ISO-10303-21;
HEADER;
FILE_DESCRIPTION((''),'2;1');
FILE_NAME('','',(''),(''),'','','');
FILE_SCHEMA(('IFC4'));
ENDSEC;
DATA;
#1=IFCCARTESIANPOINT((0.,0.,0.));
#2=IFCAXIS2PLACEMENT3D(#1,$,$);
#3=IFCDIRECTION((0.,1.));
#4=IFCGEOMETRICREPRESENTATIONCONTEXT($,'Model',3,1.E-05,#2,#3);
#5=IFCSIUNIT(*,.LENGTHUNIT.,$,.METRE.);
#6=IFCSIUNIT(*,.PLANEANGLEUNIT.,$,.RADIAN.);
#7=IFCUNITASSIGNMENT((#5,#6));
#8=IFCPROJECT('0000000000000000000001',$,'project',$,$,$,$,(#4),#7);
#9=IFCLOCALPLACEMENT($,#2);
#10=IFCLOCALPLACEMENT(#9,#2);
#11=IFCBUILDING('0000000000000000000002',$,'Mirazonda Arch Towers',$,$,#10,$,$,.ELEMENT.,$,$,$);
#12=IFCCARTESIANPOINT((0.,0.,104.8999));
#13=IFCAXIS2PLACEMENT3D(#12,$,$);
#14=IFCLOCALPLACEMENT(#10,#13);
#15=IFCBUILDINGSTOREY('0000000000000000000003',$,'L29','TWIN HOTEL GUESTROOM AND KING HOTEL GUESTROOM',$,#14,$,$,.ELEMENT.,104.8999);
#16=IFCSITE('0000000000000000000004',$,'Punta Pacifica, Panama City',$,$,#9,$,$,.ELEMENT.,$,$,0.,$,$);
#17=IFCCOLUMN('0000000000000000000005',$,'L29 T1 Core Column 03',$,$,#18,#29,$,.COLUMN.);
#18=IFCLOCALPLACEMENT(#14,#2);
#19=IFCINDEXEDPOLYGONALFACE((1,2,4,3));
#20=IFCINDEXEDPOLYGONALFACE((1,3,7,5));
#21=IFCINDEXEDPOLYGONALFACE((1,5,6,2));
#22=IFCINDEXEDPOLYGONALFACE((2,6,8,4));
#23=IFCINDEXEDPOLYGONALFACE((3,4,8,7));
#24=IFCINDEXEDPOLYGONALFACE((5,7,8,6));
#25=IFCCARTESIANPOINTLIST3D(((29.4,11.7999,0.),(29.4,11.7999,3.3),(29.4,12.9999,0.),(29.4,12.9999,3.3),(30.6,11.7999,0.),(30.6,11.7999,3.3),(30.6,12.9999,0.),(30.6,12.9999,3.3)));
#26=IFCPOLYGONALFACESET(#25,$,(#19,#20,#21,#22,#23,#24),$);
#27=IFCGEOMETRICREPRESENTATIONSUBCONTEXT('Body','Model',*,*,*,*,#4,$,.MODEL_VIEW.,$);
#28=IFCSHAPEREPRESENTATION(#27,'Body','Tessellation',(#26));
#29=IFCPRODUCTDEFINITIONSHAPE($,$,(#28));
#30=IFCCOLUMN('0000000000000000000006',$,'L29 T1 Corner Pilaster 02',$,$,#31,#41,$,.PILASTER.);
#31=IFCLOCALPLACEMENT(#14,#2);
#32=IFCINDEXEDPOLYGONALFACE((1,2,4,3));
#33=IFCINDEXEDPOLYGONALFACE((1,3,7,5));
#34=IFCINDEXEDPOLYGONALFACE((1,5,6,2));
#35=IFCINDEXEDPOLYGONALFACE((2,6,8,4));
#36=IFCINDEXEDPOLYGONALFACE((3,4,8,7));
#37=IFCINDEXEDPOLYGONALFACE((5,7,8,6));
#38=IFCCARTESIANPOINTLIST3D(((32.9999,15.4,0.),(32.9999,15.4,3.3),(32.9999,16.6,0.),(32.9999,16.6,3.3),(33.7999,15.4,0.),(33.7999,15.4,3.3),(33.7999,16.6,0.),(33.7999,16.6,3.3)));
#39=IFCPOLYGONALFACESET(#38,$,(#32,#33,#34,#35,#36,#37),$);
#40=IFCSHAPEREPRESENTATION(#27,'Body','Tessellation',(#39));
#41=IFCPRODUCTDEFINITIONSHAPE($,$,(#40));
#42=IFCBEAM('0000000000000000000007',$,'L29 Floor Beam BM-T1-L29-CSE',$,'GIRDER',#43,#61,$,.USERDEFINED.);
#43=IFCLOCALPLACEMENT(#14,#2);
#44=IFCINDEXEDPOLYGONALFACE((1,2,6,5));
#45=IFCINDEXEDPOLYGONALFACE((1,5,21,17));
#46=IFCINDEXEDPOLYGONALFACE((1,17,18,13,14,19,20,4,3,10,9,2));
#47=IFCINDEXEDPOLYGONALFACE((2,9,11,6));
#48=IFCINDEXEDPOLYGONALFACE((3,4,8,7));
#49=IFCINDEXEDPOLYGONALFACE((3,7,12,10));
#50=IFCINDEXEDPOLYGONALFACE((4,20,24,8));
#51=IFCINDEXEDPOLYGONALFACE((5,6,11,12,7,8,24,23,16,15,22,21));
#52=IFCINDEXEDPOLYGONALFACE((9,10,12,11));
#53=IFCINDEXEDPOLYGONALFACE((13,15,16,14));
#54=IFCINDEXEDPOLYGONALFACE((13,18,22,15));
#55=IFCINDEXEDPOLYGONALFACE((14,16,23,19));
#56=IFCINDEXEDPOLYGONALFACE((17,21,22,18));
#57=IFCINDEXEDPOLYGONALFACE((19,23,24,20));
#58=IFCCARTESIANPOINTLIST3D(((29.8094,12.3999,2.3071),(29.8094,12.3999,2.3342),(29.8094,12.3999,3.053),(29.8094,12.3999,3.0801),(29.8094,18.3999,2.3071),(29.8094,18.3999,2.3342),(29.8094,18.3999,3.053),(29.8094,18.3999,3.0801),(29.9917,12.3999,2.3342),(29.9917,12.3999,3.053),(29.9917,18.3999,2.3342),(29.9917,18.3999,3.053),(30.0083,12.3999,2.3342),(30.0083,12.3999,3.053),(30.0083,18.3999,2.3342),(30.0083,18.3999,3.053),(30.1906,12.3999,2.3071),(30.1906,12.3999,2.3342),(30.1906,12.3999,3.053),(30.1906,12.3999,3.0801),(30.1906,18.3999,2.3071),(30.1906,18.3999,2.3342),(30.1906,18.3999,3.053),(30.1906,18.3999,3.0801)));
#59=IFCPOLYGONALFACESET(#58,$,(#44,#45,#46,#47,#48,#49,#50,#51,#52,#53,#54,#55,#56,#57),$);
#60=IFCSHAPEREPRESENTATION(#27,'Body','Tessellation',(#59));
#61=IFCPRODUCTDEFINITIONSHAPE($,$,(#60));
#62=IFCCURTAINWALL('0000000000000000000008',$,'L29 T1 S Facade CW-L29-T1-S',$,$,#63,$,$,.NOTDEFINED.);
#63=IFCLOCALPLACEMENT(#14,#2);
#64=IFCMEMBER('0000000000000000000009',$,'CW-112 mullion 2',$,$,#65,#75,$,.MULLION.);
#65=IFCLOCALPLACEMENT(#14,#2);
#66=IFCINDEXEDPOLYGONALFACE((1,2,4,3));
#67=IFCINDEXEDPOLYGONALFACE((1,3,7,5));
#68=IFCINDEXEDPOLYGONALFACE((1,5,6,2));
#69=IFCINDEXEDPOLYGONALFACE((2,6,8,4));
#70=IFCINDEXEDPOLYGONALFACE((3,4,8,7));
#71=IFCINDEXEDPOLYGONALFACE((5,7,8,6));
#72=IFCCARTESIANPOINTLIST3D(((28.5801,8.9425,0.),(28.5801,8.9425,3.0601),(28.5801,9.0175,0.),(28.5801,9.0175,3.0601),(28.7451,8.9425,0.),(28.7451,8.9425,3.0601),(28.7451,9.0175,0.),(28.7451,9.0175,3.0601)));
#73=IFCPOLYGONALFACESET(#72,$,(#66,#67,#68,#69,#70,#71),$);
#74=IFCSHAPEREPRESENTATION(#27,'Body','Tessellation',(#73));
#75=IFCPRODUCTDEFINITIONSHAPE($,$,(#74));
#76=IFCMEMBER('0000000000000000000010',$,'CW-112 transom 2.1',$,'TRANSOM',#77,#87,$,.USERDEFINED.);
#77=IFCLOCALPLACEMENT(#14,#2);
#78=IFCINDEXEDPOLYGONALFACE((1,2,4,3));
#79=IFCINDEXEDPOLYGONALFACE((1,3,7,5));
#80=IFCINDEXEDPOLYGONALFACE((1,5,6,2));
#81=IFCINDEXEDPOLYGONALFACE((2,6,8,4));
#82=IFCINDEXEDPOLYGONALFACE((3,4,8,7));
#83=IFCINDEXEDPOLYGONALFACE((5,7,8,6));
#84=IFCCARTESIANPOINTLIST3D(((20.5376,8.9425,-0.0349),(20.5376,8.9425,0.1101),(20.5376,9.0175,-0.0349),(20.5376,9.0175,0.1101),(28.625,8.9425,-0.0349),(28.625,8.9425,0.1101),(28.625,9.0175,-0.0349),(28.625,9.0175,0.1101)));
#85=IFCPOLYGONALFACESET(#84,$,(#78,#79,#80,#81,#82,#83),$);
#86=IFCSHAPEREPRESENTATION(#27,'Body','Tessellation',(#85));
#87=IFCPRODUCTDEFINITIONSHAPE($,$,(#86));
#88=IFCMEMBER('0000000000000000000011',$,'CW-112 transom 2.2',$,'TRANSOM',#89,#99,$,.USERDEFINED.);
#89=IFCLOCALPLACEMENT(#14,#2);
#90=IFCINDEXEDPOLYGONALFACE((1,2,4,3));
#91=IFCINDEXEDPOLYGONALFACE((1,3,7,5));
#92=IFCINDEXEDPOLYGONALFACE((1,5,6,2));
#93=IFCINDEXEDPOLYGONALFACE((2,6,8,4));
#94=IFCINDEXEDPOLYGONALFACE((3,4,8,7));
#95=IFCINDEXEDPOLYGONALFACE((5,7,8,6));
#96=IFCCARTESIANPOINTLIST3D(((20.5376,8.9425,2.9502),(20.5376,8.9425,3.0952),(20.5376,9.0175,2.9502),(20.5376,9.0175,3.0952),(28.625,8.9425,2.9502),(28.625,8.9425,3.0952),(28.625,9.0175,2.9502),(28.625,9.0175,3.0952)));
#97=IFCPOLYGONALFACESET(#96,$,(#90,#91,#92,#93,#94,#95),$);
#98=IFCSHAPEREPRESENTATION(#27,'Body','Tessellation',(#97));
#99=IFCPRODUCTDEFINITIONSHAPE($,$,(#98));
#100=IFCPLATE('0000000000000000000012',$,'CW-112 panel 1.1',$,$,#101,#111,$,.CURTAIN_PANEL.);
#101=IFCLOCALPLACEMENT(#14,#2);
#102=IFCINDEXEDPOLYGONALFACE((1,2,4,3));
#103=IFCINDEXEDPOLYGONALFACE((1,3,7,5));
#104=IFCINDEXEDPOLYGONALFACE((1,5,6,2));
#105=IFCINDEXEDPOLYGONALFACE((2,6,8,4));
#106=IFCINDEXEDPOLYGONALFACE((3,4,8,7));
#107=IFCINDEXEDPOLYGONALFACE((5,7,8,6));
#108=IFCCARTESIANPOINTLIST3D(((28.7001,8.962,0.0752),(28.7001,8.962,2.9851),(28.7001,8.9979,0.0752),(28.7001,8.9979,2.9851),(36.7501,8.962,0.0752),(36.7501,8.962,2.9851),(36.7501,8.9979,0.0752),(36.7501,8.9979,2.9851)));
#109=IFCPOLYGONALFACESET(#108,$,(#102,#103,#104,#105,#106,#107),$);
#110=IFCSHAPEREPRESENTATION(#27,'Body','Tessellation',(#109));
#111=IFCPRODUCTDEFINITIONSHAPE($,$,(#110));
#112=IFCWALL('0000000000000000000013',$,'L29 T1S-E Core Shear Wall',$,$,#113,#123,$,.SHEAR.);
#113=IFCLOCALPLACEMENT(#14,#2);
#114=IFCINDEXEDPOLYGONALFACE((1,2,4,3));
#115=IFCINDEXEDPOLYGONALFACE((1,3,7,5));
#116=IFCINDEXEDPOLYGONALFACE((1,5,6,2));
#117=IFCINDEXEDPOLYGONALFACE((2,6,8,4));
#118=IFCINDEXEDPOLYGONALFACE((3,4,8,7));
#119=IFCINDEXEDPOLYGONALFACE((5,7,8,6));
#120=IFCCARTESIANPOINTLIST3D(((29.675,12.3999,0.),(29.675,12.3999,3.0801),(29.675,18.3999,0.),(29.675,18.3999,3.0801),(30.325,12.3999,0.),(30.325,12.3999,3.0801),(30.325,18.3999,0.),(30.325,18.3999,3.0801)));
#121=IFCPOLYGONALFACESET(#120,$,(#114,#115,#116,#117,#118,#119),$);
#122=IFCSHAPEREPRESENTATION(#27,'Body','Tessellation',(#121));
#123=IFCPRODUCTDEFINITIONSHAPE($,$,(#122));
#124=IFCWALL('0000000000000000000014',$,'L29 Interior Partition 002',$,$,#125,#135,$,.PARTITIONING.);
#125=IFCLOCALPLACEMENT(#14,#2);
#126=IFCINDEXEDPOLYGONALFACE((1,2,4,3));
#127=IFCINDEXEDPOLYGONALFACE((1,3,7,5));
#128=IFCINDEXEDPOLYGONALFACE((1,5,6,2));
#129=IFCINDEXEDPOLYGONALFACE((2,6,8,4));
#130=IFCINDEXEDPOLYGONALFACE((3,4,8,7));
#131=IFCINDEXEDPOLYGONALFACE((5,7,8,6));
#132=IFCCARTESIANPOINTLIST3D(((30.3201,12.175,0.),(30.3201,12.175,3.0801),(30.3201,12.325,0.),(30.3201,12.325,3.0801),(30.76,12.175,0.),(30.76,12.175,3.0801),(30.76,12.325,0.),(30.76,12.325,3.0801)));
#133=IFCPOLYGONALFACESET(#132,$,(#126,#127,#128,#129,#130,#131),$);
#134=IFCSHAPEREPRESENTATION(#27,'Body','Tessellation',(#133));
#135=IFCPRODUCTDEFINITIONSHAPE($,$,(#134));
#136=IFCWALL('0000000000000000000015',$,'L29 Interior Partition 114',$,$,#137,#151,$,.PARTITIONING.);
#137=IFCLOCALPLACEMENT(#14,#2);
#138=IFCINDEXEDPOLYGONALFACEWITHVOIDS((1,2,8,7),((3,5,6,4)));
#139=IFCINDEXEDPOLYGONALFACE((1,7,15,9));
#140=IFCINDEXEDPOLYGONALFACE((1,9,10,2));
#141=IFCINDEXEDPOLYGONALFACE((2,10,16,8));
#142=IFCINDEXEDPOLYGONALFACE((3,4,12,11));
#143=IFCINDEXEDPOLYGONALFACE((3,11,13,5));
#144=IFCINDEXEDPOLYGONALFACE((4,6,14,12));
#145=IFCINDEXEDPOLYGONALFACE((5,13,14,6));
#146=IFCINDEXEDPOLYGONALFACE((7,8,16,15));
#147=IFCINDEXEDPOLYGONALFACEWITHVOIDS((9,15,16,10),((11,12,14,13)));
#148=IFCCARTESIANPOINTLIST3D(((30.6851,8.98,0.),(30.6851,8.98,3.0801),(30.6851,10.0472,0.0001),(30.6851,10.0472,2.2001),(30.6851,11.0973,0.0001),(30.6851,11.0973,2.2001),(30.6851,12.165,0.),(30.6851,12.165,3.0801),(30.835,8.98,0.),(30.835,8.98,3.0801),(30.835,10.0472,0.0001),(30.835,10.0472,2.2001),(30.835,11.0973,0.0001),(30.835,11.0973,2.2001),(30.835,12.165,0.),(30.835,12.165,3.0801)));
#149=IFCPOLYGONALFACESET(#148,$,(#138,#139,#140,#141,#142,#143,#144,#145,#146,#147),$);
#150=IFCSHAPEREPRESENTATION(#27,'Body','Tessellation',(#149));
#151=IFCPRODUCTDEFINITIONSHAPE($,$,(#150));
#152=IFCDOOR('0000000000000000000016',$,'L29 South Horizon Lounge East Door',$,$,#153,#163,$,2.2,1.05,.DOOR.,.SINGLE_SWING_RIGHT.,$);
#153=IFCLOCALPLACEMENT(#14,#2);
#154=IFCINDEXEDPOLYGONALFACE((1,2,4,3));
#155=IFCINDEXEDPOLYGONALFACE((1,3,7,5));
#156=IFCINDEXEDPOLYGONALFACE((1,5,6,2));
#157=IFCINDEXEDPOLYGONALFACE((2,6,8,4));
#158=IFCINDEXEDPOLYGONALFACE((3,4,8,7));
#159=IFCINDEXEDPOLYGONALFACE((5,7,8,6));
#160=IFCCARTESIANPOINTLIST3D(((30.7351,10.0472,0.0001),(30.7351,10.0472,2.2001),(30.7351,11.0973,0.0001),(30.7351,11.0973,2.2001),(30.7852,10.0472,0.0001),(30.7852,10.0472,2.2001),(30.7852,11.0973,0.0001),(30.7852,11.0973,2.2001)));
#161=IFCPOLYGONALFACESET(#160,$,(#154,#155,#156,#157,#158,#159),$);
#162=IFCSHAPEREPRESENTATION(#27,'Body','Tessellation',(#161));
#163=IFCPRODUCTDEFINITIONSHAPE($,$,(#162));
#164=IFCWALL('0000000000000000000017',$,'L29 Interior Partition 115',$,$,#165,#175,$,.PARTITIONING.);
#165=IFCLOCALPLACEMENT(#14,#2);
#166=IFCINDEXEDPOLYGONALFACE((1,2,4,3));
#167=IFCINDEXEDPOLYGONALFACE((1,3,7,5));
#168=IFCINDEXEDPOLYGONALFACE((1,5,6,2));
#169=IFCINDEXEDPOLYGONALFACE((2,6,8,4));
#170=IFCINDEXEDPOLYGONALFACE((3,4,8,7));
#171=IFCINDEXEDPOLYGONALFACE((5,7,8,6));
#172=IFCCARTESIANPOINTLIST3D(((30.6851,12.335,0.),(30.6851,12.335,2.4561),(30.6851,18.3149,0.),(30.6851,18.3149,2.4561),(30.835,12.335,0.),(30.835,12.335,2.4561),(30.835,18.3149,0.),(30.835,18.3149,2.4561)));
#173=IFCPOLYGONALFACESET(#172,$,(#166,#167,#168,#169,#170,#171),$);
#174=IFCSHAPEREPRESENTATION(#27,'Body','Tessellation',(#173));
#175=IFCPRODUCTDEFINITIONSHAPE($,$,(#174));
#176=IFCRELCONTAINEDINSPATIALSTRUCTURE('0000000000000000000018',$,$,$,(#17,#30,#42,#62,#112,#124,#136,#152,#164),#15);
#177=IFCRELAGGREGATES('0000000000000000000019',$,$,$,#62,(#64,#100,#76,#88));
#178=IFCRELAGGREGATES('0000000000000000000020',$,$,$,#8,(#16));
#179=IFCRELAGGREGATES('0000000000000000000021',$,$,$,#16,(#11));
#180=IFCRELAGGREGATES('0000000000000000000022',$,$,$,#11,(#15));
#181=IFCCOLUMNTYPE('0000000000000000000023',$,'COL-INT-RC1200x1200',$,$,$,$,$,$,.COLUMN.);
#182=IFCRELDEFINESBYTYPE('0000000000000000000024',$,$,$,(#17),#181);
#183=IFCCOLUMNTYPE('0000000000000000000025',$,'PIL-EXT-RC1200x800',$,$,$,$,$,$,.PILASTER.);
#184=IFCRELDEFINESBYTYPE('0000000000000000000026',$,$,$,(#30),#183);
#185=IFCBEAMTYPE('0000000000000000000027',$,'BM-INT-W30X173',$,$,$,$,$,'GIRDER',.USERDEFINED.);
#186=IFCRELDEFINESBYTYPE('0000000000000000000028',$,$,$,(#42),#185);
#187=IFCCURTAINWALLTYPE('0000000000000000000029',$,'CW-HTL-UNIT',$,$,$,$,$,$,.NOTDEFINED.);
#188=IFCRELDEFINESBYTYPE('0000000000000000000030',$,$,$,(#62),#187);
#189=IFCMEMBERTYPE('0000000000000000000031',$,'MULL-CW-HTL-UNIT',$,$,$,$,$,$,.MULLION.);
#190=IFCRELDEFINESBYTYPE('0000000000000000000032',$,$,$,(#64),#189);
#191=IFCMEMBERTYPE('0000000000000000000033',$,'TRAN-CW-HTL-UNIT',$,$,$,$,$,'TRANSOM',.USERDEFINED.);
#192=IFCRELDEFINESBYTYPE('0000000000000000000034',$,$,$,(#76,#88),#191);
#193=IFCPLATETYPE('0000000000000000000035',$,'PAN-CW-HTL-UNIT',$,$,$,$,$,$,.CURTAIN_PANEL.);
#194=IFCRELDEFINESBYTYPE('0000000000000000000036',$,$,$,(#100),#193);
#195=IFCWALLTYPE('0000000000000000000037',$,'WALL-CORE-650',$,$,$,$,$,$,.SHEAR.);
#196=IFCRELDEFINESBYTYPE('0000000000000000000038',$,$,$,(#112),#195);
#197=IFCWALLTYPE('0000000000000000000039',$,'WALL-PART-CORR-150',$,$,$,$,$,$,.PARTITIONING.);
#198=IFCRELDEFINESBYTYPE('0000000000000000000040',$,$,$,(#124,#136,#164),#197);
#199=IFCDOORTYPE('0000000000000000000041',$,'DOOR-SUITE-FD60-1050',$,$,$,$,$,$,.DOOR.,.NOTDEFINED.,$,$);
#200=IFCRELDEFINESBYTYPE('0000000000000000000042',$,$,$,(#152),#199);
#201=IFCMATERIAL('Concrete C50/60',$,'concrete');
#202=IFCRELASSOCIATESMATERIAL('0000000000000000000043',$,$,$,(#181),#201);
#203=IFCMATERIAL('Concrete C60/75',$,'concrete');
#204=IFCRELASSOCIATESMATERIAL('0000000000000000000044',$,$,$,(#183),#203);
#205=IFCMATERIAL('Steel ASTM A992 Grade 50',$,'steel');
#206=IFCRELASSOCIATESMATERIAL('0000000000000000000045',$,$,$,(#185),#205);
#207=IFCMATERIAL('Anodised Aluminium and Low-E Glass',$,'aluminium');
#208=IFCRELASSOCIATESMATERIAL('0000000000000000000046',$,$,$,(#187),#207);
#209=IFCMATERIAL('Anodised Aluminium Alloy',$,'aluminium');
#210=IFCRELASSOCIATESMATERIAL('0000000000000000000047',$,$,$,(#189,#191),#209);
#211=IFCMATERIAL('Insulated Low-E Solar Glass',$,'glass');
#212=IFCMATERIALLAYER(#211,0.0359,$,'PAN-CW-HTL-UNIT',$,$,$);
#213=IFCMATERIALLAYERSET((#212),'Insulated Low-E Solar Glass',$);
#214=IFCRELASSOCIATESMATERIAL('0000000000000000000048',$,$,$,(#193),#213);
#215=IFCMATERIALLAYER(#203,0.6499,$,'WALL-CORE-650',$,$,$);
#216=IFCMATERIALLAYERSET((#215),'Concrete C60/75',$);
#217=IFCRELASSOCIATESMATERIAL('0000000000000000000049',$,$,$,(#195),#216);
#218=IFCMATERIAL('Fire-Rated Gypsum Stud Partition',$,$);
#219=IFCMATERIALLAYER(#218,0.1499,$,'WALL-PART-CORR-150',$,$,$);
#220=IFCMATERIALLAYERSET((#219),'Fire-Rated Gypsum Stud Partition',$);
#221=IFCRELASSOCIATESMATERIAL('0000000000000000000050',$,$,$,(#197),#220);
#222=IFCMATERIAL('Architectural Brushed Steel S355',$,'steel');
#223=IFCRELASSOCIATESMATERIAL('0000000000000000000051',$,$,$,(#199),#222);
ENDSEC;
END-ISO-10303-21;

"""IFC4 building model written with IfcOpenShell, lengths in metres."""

from ifc_helpers import new_model, si_unit, direction, frame, frame_2d, origin, origin_2d, place, context, subcontext, project, spatial, rectangle, i_section, extrude, material, layer, layer_set, material_profile, profile_set, type_object, element, fill, aggregate, save


model = new_model("IFC4")

# Units and contexts
model_context = context("Model", 3, precision=1e-05, world=origin(), true_north=direction((0.0, 1.0)))
body_context = subcontext(model_context, "Body", "Model", "MODEL_VIEW")
ifc_project = project(units=[si_unit("LENGTHUNIT", "METRE"), si_unit("PLANEANGLEUNIT", "RADIAN")], contexts=[model_context])

# Site, building, storey
site_placement = place(None, origin())
site = spatial("IfcSite", under=ifc_project, at=site_placement, Name="Punta Pacifica, Panama City", CompositionType="ELEMENT", RefElevation=0.0)
building_placement = place(site_placement, origin())
building = spatial("IfcBuilding", under=site, at=building_placement, Name="Mirazonda Arch Towers", CompositionType="ELEMENT")
storey_placement = place(building_placement, frame((0.0, 0.0, 104.8999)))
storey = spatial("IfcBuildingStorey", under=building, at=storey_placement, Name="L29", Description="TWIN HOTEL GUESTROOM AND KING HOTEL GUESTROOM", CompositionType="ELEMENT", Elevation=104.8999)

# Columns
ifc_material_1 = material(Name="Concrete C50/60", Category="concrete")
ifc_material_profile_1 = material_profile(ifc_material_1, rectangle(XDim=1.2, YDim=1.2, at=origin_2d()), Name="RC1200x1200")
ifc_profile_set_1 = profile_set([ifc_material_profile_1], Name="Concrete C50/60")
column_type_1 = type_object("IfcColumnType", Name="COL-INT-RC1200x1200", PredefinedType="COLUMN", material=ifc_profile_set_1)
column_1_placement = place(storey_placement, frame((30.0, 12.3999, 0.0), z_axis=(0.0, 0.0, 1.0), x_axis=(1.0, 0.0, 0.0)))
element("IfcColumn", 1, at=column_1_placement, inside=storey, type_object=column_type_1, Name="L29 T1 Core Column 03", PredefinedType="COLUMN", context=body_context, shape_type="SweptSolid", body=[
    extrude(rectangle(XDim=1.2, YDim=1.2, at=origin_2d()), origin(), (0.0, 0.0, 1.0), 3.3),
])
ifc_material_2 = material(Name="Concrete C60/75", Category="concrete")
ifc_material_profile_2 = material_profile(ifc_material_2, rectangle(XDim=0.8, YDim=1.2, at=origin_2d()), Name="RC1200x800")
ifc_profile_set_2 = profile_set([ifc_material_profile_2], Name="Concrete C60/75")
column_type_2 = type_object("IfcColumnType", Name="PIL-EXT-RC1200x800", PredefinedType="PILASTER", material=ifc_profile_set_2)
column_2_placement = place(storey_placement, frame((33.3999, 16.0, 0.0), z_axis=(0.0, 0.0, 1.0), x_axis=(1.0, 0.0, 0.0)))
element("IfcColumn", 2, at=column_2_placement, inside=storey, type_object=column_type_2, Name="L29 T1 Corner Pilaster 02", PredefinedType="PILASTER", context=body_context, shape_type="SweptSolid", body=[
    extrude(rectangle(XDim=0.8, YDim=1.2, at=origin_2d()), origin(), (0.0, 0.0, 1.0), 3.3),
])

# Beam
ifc_material_3 = material(Name="Steel ASTM A992 Grade 50", Category="steel")
ifc_material_profile_3 = material_profile(ifc_material_3, i_section(OverallWidth=0.3811, OverallDepth=0.7729, WebThickness=0.0166, FlangeThickness=0.0271, at=origin_2d()), Name="W30X173")
ifc_profile_set_3 = profile_set([ifc_material_profile_3], Name="Steel ASTM A992 Grade 50")
beam_type = type_object("IfcBeamType", Name="BM-INT-W30X173", ElementType="GIRDER", PredefinedType="USERDEFINED", material=ifc_profile_set_3)
beam_placement = place(storey_placement, frame((30.0, 12.3999, 2.6936), z_axis=(0.0, 1.0, 0.0), x_axis=(-1.0, 0.0, 0.0)))
element("IfcBeam", 3, at=beam_placement, inside=storey, type_object=beam_type, Name="L29 Floor Beam BM-T1-L29-CSE", ObjectType="GIRDER", PredefinedType="USERDEFINED", context=body_context, shape_type="SweptSolid", body=[
    extrude(i_section(OverallWidth=0.3811, OverallDepth=0.7729, WebThickness=0.0166, FlangeThickness=0.0271, at=origin_2d()), origin(), (0.0, 0.0, 1.0), 6.0),
])

# Curtain wall, members, plate
ifc_material_4 = material(Name="Anodised Aluminium and Low-E Glass", Category="aluminium")
curtain_wall_type = type_object("IfcCurtainWallType", Name="CW-HTL-UNIT", PredefinedType="NOTDEFINED", material=ifc_material_4)
curtain_wall_placement = place(storey_placement, origin())
curtain_wall = element("IfcCurtainWall", 4, at=curtain_wall_placement, inside=storey, type_object=curtain_wall_type, Name="L29 T1 S Facade CW-L29-T1-S", PredefinedType="NOTDEFINED")
ifc_material_5 = material(Name="Anodised Aluminium Alloy", Category="aluminium")
ifc_material_profile_4 = material_profile(ifc_material_5, rectangle(XDim=0.075, YDim=0.165, at=origin_2d()), Name="ALU-MULL-75x165")
ifc_profile_set_4 = profile_set([ifc_material_profile_4], Name="Anodised Aluminium Alloy")
member_type_1 = type_object("IfcMemberType", Name="MULL-CW-HTL-UNIT", PredefinedType="MULLION", material=ifc_profile_set_4)
member_1_placement = place(storey_placement, frame((28.6626, 8.98, 0.0), z_axis=(0.0, 0.0, 1.0), x_axis=(0.0, -1.0, 0.0)))
member_1 = element("IfcMember", 5, at=member_1_placement, type_object=member_type_1, Name="CW-112 mullion 2", PredefinedType="MULLION", context=body_context, shape_type="SweptSolid", body=[
    extrude(rectangle(XDim=0.075, YDim=0.165, at=origin_2d()), origin(), (0.0, 0.0, 1.0), 3.0601),
])
ifc_material_profile_5 = material_profile(ifc_material_5, rectangle(XDim=0.075, YDim=0.145, at=origin_2d()), Name="ALU-TRAN-75x145")
ifc_profile_set_5 = profile_set([ifc_material_profile_5], Name="Anodised Aluminium Alloy")
member_type_2 = type_object("IfcMemberType", Name="TRAN-CW-HTL-UNIT", ElementType="TRANSOM", PredefinedType="USERDEFINED", material=ifc_profile_set_5)
member_2_placement = place(storey_placement, frame((28.625, 8.98, 0.0376), z_axis=(-1.0, 0.0, 0.0), x_axis=(0.0, -1.0, 0.0)))
member_2 = element("IfcMember", 6, at=member_2_placement, type_object=member_type_2, Name="CW-112 transom 2.1", ObjectType="TRANSOM", PredefinedType="USERDEFINED", context=body_context, shape_type="SweptSolid", body=[
    extrude(rectangle(XDim=0.075, YDim=0.145, at=origin_2d()), origin(), (0.0, 0.0, 1.0), 8.0874),
])
member_3_placement = place(storey_placement, frame((28.625, 8.98, 3.0227), z_axis=(-1.0, 0.0, 0.0), x_axis=(0.0, -1.0, 0.0)))
member_3 = element("IfcMember", 7, at=member_3_placement, type_object=member_type_2, Name="CW-112 transom 2.2", ObjectType="TRANSOM", PredefinedType="USERDEFINED", context=body_context, shape_type="SweptSolid", body=[
    extrude(rectangle(XDim=0.075, YDim=0.145, at=origin_2d()), origin(), (0.0, 0.0, 1.0), 8.0874),
])
ifc_material_6 = material(Name="Insulated Low-E Solar Glass", Category="glass")
ifc_layer_1 = layer(ifc_material_6, 0.0359, Name="PAN-CW-HTL-UNIT")
ifc_layer_set_1 = layer_set([ifc_layer_1], Name="Insulated Low-E Solar Glass")
plate_type = type_object("IfcPlateType", Name="PAN-CW-HTL-UNIT", PredefinedType="CURTAIN_PANEL", material=ifc_layer_set_1)
plate_placement = place(storey_placement, frame((32.7251, 8.98, 0.0752), z_axis=(0.0, 0.0, 1.0), x_axis=(-1.0, 0.0, 0.0)))
plate = element("IfcPlate", 8, at=plate_placement, type_object=plate_type, Name="CW-112 panel 1.1", PredefinedType="CURTAIN_PANEL", context=body_context, shape_type="SweptSolid", body=[
    extrude(rectangle(XDim=8.05, YDim=0.0359, at=origin_2d()), origin(), (0.0, 0.0, 1.0), 2.9099),
])
aggregate(curtain_wall, [member_1, plate, member_2, member_3])

# Walls
ifc_layer_2 = layer(ifc_material_2, 0.6499, Name="WALL-CORE-650")
ifc_layer_set_2 = layer_set([ifc_layer_2], Name="Concrete C60/75")
wall_type_1 = type_object("IfcWallType", Name="WALL-CORE-650", PredefinedType="SHEAR", material=ifc_layer_set_2)
wall_1_placement = place(storey_placement, frame((30.0, 12.3999, 0.0), z_axis=(0.0, 0.0, 1.0), x_axis=(0.0, 1.0, 0.0)))
element("IfcWall", 9, at=wall_1_placement, inside=storey, type_object=wall_type_1, Name="L29 T1S-E Core Shear Wall", PredefinedType="SHEAR", context=body_context, shape_type="SweptSolid", body=[
    extrude(rectangle(XDim=6.0, YDim=0.6499, at=frame_2d((3.0, 0.0))), origin(), (0.0, 0.0, 1.0), 3.0801),
])
ifc_material_7 = material(Name="Fire-Rated Gypsum Stud Partition")
ifc_layer_3 = layer(ifc_material_7, 0.1499, Name="WALL-PART-CORR-150")
ifc_layer_set_3 = layer_set([ifc_layer_3], Name="Fire-Rated Gypsum Stud Partition")
wall_type_2 = type_object("IfcWallType", Name="WALL-PART-CORR-150", PredefinedType="PARTITIONING", material=ifc_layer_set_3)
wall_2_placement = place(storey_placement, frame((30.3201, 12.25, 0.0), z_axis=(0.0, 0.0, 1.0), x_axis=(1.0, 0.0, 0.0)))
element("IfcWall", 10, at=wall_2_placement, inside=storey, type_object=wall_type_2, Name="L29 Interior Partition 002", PredefinedType="PARTITIONING", context=body_context, shape_type="SweptSolid", body=[
    extrude(rectangle(XDim=0.4399, YDim=0.1499, at=frame_2d((0.22, 0.0))), origin(), (0.0, 0.0, 1.0), 3.0801),
])

# Wall, opening, door
wall_3_placement = place(storey_placement, frame((30.76, 8.98, 0.0), z_axis=(0.0, 0.0, 1.0), x_axis=(0.0, 1.0, 0.0)))
wall_3 = element("IfcWall", 11, at=wall_3_placement, inside=storey, type_object=wall_type_2, Name="L29 Interior Partition 114", PredefinedType="PARTITIONING", context=body_context, shape_type="SweptSolid", body=[
    extrude(rectangle(XDim=3.1851, YDim=0.1499, at=frame_2d((1.5925, 0.0))), origin(), (0.0, 0.0, 1.0), 3.0801),
])
opening_1_placement = place(wall_3_placement, frame((1.0674, 0.0, 0.0)))
opening_1 = element("IfcOpeningElement", 12, at=opening_1_placement, cuts=wall_3, PredefinedType="OPENING", context=body_context, shape_type="SweptSolid", body=[
    extrude(rectangle(XDim=1.05, YDim=2.2, at=frame_2d((0.5249, 1.1001))), frame((0.0, 0.085, 0.0), z_axis=(0.0, -1.0, 0.0), x_axis=(1.0, 0.0, 0.0)), (0.0, 0.0, 1.0), 0.1699),
])
ifc_material_8 = material(Name="Architectural Brushed Steel S355", Category="steel")
door_type_1 = type_object("IfcDoorType", Name="DOOR-SUITE-FD60-1050", OperationType="NOTDEFINED", PredefinedType="DOOR", material=ifc_material_8)
door_1_placement = place(opening_1_placement, origin())
door_1 = element("IfcDoor", 13, at=door_1_placement, inside=storey, type_object=door_type_1, Name="L29 South Horizon Lounge East Door", OperationType="SINGLE_SWING_RIGHT", OverallHeight=2.2, OverallWidth=1.05, PredefinedType="DOOR", context=body_context, shape_type="SweptSolid", body=[
    extrude(rectangle(XDim=1.05, YDim=2.2, at=frame_2d((0.5249, 1.1001))), frame((0.0, 0.0249, 0.0), z_axis=(0.0, -1.0, 0.0), x_axis=(1.0, 0.0, 0.0)), (0.0, 0.0, 1.0), 0.05),
])
fill(opening_1, door_1)

# Wall
wall_4_placement = place(storey_placement, frame((30.76, 12.335, 0.0), z_axis=(0.0, 0.0, 1.0), x_axis=(0.0, 1.0, 0.0)))
element("IfcWall", 14, at=wall_4_placement, inside=storey, type_object=wall_type_2, Name="L29 Interior Partition 115", PredefinedType="PARTITIONING", context=body_context, shape_type="SweptSolid", body=[
    extrude(rectangle(XDim=5.98, YDim=0.1499, at=frame_2d((2.99, 0.0))), origin(), (0.0, 0.0, 1.0), 2.4561),
])

save(model, "model.ifc")
